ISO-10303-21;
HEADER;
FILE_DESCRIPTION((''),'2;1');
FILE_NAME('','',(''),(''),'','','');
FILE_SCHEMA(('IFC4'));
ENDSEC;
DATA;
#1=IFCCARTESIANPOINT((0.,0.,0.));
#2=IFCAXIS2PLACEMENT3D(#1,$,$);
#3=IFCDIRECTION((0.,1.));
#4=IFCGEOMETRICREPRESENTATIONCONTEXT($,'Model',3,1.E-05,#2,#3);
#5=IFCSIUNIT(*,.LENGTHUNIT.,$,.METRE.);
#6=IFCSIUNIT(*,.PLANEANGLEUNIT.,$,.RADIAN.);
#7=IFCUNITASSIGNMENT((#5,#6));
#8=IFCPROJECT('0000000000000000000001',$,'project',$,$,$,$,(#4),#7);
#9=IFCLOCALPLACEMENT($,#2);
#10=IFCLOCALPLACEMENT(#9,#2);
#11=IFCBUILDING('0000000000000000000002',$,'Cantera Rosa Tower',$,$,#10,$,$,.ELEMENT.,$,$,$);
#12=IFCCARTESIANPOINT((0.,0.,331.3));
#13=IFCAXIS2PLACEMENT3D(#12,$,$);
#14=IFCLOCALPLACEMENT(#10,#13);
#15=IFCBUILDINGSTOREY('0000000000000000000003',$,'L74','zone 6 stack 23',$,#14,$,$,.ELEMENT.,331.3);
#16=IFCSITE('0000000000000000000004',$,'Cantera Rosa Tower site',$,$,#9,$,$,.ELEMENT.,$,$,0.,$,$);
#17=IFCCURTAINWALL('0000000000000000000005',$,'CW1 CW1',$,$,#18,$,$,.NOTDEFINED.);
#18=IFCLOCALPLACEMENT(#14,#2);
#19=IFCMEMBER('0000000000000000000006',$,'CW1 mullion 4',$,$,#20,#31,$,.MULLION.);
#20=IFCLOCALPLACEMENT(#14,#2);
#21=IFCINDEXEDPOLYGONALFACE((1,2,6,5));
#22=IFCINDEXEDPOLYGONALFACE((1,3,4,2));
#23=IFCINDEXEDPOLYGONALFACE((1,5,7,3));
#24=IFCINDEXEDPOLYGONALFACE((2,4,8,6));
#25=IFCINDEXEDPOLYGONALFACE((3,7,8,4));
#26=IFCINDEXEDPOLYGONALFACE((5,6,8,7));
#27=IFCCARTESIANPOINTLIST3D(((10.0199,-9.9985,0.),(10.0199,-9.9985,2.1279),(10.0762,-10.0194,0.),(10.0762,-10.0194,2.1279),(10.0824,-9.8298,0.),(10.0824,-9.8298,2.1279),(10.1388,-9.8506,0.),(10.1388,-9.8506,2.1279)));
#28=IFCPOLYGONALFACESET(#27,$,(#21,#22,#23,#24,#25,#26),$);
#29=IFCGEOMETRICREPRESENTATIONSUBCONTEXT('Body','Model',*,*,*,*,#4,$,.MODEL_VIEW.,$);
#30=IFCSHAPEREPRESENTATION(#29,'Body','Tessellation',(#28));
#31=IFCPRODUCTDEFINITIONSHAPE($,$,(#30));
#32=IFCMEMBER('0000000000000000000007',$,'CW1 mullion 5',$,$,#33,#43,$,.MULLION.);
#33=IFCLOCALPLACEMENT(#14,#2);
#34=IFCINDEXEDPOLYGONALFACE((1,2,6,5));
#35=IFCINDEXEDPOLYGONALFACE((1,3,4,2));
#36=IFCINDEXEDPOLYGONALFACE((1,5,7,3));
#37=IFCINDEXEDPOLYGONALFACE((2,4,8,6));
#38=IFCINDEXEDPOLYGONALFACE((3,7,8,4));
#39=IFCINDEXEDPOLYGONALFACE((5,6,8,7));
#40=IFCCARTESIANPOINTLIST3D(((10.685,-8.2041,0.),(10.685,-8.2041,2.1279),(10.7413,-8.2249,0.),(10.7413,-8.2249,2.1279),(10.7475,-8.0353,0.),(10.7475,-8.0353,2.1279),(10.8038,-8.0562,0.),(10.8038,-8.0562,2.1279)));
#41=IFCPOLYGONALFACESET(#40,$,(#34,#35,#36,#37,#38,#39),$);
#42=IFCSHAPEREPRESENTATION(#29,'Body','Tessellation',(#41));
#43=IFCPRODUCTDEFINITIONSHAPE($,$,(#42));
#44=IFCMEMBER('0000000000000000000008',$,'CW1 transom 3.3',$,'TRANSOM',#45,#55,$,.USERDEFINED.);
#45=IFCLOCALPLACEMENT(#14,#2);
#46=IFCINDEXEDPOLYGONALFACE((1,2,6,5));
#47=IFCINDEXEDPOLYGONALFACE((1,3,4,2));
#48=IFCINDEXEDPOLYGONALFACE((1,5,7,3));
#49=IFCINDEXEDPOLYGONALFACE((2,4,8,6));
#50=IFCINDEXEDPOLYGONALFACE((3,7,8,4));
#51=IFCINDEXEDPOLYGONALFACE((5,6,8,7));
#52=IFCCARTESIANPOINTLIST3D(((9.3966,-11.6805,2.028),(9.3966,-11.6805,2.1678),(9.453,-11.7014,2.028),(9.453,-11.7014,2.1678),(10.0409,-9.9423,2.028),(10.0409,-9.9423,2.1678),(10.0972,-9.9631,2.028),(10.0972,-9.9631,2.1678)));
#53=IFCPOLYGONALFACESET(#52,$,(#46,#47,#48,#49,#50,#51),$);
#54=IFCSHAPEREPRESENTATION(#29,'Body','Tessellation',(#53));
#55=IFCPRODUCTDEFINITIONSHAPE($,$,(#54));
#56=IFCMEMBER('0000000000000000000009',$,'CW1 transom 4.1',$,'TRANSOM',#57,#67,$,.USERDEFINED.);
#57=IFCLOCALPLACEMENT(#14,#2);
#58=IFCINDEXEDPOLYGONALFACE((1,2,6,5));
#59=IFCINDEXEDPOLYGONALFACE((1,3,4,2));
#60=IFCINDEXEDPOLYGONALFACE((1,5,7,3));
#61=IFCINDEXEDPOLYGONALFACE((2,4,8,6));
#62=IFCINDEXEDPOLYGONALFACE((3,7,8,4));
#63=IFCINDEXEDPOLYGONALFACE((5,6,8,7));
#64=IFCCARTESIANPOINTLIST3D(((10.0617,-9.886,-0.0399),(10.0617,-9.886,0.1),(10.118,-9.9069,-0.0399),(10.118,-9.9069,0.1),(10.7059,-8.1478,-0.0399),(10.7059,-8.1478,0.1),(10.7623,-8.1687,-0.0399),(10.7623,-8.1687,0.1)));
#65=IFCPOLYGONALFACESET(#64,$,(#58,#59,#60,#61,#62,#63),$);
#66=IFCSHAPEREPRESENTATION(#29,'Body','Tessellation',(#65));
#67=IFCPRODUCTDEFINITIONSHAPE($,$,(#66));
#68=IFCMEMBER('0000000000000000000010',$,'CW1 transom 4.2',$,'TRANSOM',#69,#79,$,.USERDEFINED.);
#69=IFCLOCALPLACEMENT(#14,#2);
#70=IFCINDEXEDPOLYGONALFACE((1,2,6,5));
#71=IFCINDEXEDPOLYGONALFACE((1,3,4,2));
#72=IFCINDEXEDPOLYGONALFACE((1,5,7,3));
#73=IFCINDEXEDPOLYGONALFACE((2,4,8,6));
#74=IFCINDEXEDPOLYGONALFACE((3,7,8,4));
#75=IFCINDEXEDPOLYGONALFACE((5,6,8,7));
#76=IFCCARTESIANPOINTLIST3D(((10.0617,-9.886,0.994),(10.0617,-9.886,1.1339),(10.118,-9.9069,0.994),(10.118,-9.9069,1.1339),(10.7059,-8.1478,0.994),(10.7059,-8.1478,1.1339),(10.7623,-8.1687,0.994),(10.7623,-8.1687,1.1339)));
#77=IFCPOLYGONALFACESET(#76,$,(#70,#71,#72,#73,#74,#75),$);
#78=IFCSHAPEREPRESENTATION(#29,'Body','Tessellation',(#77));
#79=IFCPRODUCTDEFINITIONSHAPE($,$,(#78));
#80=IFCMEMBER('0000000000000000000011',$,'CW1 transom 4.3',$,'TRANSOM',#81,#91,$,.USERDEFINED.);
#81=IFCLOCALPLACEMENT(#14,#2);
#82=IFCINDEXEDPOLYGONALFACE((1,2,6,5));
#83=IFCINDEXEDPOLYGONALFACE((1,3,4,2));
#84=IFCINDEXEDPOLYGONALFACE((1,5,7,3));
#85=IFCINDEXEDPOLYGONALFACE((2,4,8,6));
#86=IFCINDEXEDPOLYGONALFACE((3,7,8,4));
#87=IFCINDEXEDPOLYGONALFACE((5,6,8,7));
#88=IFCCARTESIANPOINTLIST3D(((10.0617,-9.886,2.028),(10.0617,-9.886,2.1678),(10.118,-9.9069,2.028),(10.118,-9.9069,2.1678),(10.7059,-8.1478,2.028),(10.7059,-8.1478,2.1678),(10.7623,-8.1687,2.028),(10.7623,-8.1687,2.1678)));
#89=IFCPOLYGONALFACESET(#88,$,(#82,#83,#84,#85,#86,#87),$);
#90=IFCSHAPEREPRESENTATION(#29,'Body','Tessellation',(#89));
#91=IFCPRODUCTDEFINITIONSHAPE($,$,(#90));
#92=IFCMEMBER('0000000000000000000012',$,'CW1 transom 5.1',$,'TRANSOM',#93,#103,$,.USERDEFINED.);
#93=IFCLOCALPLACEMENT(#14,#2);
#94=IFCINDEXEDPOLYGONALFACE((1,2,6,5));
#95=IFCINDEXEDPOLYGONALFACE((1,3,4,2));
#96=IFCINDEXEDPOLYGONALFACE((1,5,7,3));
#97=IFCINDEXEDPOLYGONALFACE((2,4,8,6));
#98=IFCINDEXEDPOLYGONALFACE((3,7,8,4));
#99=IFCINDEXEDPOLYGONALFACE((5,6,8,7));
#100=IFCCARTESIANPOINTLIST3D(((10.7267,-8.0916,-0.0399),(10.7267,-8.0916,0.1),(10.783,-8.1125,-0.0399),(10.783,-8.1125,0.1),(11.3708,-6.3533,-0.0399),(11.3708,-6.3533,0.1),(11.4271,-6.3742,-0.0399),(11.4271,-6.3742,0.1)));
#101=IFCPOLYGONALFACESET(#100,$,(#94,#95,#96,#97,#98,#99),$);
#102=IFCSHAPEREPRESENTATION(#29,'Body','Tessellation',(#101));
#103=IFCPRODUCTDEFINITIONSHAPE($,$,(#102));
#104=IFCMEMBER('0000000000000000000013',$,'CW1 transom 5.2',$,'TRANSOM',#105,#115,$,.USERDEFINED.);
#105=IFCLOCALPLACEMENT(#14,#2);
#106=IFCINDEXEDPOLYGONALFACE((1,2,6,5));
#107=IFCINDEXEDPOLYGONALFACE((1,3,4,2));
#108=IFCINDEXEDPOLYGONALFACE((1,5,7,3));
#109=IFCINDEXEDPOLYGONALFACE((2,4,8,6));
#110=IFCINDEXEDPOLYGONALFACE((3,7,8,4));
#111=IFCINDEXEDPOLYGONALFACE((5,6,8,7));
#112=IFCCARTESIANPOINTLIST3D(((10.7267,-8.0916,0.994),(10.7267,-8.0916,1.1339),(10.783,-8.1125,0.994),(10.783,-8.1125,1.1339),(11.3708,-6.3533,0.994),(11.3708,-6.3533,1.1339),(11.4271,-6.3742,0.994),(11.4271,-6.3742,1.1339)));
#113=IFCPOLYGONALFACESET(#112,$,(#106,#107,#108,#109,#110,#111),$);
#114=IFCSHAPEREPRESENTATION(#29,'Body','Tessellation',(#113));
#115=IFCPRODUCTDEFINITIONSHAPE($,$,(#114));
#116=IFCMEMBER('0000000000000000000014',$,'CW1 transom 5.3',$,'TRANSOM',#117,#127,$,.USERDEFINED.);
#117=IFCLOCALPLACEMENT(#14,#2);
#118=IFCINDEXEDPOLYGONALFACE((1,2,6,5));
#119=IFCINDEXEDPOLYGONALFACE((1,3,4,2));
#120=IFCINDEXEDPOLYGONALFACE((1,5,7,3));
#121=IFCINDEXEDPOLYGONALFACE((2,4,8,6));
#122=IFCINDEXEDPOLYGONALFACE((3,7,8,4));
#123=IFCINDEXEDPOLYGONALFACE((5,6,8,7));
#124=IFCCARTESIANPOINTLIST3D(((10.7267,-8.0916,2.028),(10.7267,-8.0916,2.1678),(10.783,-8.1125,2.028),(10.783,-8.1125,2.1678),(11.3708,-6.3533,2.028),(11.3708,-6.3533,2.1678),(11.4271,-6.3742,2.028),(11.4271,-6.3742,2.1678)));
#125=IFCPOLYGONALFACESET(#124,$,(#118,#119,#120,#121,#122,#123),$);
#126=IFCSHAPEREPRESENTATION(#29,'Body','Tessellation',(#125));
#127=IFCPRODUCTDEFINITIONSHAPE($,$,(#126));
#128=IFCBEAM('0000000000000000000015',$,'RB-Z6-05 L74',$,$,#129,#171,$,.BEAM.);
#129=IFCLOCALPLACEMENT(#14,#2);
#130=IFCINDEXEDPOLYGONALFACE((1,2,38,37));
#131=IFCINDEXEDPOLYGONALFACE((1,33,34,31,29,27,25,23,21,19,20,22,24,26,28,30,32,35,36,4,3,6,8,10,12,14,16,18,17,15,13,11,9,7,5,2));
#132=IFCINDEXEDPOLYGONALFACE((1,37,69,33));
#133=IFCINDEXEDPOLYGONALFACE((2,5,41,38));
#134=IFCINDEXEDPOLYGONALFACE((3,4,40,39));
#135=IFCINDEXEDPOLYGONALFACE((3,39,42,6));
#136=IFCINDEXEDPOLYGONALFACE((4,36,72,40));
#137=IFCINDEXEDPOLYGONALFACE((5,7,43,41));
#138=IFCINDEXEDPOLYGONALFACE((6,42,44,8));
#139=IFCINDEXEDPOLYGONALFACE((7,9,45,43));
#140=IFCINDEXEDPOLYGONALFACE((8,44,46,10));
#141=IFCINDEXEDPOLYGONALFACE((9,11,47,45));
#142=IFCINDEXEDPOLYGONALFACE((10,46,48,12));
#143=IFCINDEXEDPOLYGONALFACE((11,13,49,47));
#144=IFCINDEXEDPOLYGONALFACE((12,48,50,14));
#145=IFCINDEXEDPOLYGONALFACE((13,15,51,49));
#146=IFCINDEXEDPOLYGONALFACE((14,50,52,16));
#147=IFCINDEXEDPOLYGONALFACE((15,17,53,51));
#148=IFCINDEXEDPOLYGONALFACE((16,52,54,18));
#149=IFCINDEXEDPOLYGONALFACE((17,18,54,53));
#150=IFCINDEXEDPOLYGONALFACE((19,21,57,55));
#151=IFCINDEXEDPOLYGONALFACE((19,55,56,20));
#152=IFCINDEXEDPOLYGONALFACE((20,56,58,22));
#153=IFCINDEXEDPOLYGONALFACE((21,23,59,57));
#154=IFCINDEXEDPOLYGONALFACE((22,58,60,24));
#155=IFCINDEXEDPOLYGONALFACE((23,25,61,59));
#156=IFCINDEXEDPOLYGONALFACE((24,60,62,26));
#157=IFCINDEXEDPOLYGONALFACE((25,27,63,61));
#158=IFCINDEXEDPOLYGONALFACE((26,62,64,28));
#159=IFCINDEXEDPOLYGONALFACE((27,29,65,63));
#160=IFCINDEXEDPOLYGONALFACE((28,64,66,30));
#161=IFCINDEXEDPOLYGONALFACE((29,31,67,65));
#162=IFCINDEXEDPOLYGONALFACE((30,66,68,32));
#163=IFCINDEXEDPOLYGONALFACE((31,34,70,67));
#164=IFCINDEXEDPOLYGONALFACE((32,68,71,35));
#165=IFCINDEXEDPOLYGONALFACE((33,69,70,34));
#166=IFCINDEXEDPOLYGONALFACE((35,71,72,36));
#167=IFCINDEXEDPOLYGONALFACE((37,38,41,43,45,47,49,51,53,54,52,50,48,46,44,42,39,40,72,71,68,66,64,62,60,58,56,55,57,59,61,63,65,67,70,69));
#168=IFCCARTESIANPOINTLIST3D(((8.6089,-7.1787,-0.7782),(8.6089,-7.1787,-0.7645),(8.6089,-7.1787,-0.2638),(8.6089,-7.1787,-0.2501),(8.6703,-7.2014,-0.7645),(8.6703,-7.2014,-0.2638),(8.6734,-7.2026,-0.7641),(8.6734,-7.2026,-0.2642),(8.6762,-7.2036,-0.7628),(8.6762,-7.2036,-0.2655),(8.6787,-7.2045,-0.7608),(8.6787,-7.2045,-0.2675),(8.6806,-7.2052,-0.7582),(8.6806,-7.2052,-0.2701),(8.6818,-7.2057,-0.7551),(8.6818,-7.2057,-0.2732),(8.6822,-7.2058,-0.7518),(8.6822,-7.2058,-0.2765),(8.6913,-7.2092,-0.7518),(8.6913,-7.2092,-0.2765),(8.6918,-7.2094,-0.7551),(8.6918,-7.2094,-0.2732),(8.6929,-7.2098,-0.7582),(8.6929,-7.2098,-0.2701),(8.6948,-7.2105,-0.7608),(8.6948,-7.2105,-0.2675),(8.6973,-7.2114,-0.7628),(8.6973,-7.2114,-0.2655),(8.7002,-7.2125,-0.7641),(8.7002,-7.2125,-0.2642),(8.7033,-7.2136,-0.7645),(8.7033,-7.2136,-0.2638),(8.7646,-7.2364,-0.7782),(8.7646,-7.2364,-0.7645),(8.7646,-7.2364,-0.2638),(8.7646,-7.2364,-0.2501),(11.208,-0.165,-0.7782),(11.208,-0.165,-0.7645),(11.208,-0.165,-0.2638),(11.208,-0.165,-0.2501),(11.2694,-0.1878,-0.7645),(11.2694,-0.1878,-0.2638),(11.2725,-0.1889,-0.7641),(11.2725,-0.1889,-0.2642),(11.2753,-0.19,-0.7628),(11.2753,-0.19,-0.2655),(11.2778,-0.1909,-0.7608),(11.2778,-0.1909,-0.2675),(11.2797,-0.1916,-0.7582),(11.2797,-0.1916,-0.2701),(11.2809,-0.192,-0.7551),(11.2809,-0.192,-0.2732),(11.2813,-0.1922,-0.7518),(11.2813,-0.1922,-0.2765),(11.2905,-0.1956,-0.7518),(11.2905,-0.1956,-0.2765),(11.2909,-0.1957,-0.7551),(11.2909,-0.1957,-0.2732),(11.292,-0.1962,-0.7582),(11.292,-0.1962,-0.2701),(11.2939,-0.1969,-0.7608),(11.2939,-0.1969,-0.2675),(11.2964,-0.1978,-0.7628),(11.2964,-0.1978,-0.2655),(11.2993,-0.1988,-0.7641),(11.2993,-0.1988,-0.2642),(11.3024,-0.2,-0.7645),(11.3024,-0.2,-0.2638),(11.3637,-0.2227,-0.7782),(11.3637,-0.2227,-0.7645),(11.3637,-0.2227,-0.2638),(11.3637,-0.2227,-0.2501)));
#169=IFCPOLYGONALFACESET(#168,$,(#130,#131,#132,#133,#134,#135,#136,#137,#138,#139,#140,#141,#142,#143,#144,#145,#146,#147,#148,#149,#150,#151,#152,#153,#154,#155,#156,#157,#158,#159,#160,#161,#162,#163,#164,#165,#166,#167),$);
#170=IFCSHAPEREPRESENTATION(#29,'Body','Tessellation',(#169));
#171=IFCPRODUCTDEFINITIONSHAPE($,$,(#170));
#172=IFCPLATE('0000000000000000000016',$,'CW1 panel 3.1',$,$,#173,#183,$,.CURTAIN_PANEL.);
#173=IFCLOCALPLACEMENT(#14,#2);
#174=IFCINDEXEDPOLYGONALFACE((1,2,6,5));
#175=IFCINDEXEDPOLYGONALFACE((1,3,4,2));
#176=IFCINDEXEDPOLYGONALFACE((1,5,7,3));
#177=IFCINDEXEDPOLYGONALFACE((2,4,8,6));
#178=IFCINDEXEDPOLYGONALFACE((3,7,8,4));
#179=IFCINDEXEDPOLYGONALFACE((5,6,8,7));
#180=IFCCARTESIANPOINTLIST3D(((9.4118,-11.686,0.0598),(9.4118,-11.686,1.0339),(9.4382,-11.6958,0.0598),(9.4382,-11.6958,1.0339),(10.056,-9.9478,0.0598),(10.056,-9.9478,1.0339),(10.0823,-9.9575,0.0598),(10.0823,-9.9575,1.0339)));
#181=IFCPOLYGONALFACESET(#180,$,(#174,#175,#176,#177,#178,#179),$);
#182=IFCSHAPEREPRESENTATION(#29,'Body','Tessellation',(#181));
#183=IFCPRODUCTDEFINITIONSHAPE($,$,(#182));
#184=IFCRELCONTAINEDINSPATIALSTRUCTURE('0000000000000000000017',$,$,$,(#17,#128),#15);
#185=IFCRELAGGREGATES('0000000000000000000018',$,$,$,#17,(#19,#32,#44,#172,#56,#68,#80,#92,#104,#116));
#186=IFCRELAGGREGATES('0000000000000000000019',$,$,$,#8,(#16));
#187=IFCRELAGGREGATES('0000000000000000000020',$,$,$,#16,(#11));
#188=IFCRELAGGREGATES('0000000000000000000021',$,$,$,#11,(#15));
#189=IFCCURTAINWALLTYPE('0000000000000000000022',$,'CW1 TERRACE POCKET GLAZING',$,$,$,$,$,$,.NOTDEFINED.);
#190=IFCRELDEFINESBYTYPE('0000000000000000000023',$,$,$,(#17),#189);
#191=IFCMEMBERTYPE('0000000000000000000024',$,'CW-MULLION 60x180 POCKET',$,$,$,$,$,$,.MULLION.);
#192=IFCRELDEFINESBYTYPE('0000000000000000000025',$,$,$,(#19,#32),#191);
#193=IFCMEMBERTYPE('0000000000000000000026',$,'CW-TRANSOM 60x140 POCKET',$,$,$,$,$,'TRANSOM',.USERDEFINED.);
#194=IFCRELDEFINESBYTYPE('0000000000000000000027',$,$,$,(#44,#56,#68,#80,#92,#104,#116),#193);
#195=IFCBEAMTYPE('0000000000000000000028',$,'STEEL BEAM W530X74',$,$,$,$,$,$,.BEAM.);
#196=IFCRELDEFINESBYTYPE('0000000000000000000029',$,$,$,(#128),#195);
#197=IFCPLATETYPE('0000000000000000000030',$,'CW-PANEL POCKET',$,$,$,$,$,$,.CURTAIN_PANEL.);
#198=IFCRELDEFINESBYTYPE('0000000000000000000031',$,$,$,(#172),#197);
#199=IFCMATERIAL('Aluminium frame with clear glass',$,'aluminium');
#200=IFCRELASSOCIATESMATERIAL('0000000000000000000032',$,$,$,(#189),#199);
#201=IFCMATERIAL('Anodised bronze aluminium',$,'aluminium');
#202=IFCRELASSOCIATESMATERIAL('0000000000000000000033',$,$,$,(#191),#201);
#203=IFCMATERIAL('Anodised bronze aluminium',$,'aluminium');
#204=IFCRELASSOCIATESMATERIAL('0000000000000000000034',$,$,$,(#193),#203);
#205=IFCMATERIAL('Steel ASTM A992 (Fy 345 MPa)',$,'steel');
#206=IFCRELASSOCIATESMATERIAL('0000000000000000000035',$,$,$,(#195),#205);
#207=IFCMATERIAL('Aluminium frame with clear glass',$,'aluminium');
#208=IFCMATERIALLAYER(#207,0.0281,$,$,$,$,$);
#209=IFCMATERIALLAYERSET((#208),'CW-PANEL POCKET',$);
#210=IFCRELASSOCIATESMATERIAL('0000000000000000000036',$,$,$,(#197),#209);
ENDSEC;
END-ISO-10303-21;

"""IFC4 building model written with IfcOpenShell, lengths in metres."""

from ifc_helpers import new_model, si_unit, direction, frame, origin, origin_2d, place, context, subcontext, project, spatial, rectangle, i_section, extrude, material, layer, layer_set, material_profile, profile_set, type_object, element, aggregate, save


model = new_model("IFC4")

# Units and contexts
model_context = context("Model", 3, precision=1e-05, world=origin(), true_north=direction((0.0, 1.0)))
body_context = subcontext(model_context, "Body", "Model", "MODEL_VIEW")
ifc_project = project(units=[si_unit("LENGTHUNIT", "METRE"), si_unit("PLANEANGLEUNIT", "RADIAN")], contexts=[model_context])

# Site, building, storey
site_placement = place(None, origin())
site = spatial("IfcSite", under=ifc_project, at=site_placement, Name="Cantera Rosa Tower site", CompositionType="ELEMENT", RefElevation=0.0)
building_placement = place(site_placement, origin())
building = spatial("IfcBuilding", under=site, at=building_placement, Name="Cantera Rosa Tower", CompositionType="ELEMENT")
storey_placement = place(building_placement, frame((0.0, 0.0, 331.3)))
storey = spatial("IfcBuildingStorey", under=building, at=storey_placement, Name="L74", Description="zone 6 stack 23", CompositionType="ELEMENT", Elevation=331.3)

# Curtain wall, members
ifc_material_1 = material(Name="Aluminium frame with clear glass", Category="aluminium")
curtain_wall_type = type_object("IfcCurtainWallType", Name="CW1 TERRACE POCKET GLAZING", PredefinedType="NOTDEFINED", material=ifc_material_1)
curtain_wall_placement = place(storey_placement, origin())
curtain_wall = element("IfcCurtainWall", 1, at=curtain_wall_placement, inside=storey, type_object=curtain_wall_type, Name="CW1 CW1", PredefinedType="NOTDEFINED")
ifc_material_2 = material(Name="Anodised bronze aluminium", Category="aluminium")
ifc_material_profile_1 = material_profile(ifc_material_2, rectangle(XDim=0.0601, YDim=0.1799, at=origin_2d()), Name="CW-MULLION 60x180 POCKET")
ifc_profile_set_1 = profile_set([ifc_material_profile_1], Name="Anodised bronze aluminium")
member_type_1 = type_object("IfcMemberType", Name="CW-MULLION 60x180 POCKET", PredefinedType="MULLION", material=ifc_profile_set_1)
member_1_placement = place(storey_placement, frame((10.0793, -9.9246, 0.0), z_axis=(0.0, 0.0, 1.0), x_axis=(-0.937687, 0.347481, 0.0)))
member_1 = element("IfcMember", 2, at=member_1_placement, type_object=member_type_1, Name="CW1 mullion 4", PredefinedType="MULLION", context=body_context, shape_type="SweptSolid", body=[
    extrude(rectangle(XDim=0.0601, YDim=0.1799, at=origin_2d()), origin(), (0.0, 0.0, 1.0), 2.1279),
])
member_2_placement = place(storey_placement, frame((10.7444, -8.1301, 0.0), z_axis=(0.0, 0.0, 1.0), x_axis=(-0.937687, 0.347481, 0.0)))
member_2 = element("IfcMember", 3, at=member_2_placement, type_object=member_type_1, Name="CW1 mullion 5", PredefinedType="MULLION", context=body_context, shape_type="SweptSolid", body=[
    extrude(rectangle(XDim=0.0601, YDim=0.1799, at=origin_2d()), origin(), (0.0, 0.0, 1.0), 2.1279),
])
ifc_material_3 = material(Name="Anodised bronze aluminium", Category="aluminium")
ifc_material_profile_2 = material_profile(ifc_material_3, rectangle(XDim=0.0601, YDim=0.1399, at=origin_2d()), Name="CW-TRANSOM 60x140 POCKET")
ifc_profile_set_2 = profile_set([ifc_material_profile_2], Name="Anodised bronze aluminium")
member_type_2 = type_object("IfcMemberType", Name="CW-TRANSOM 60x140 POCKET", ElementType="TRANSOM", PredefinedType="USERDEFINED", material=ifc_profile_set_2)
member_3_placement = place(storey_placement, frame((9.4248, -11.6909, 2.0979), z_axis=(0.347542, 0.937665, 0.0), x_axis=(-0.937665, 0.347542, 0.0)))
member_3 = element("IfcMember", 4, at=member_3_placement, type_object=member_type_2, Name="CW1 transom 3.3", ObjectType="TRANSOM", PredefinedType="USERDEFINED", context=body_context, shape_type="SweptSolid", body=[
    extrude(rectangle(XDim=0.0601, YDim=0.1399, at=origin_2d()), origin(), (0.0, 0.0, 1.0), 1.8538),
])
member_4_placement = place(storey_placement, frame((10.0898, -9.8965, 0.03), z_axis=(0.347542, 0.937665, 0.0), x_axis=(-0.937665, 0.347542, 0.0)))
member_4 = element("IfcMember", 5, at=member_4_placement, type_object=member_type_2, Name="CW1 transom 4.1", ObjectType="TRANSOM", PredefinedType="USERDEFINED", context=body_context, shape_type="SweptSolid", body=[
    extrude(rectangle(XDim=0.0601, YDim=0.1399, at=origin_2d()), origin(), (0.0, 0.0, 1.0), 1.8538),
])
member_5_placement = place(storey_placement, frame((10.0898, -9.8965, 1.064), z_axis=(0.347542, 0.937665, 0.0), x_axis=(-0.937665, 0.347542, 0.0)))
member_5 = element("IfcMember", 6, at=member_5_placement, type_object=member_type_2, Name="CW1 transom 4.2", ObjectType="TRANSOM", PredefinedType="USERDEFINED", context=body_context, shape_type="SweptSolid", body=[
    extrude(rectangle(XDim=0.0601, YDim=0.1399, at=origin_2d()), origin(), (0.0, 0.0, 1.0), 1.8538),
])
member_6_placement = place(storey_placement, frame((10.0898, -9.8965, 2.0979), z_axis=(0.347542, 0.937665, 0.0), x_axis=(-0.937665, 0.347542, 0.0)))
member_6 = element("IfcMember", 7, at=member_6_placement, type_object=member_type_2, Name="CW1 transom 4.3", ObjectType="TRANSOM", PredefinedType="USERDEFINED", context=body_context, shape_type="SweptSolid", body=[
    extrude(rectangle(XDim=0.0601, YDim=0.1399, at=origin_2d()), origin(), (0.0, 0.0, 1.0), 1.8538),
])
member_7_placement = place(storey_placement, frame((10.7549, -8.1021, 0.03), z_axis=(0.347426, 0.937707, 0.0), x_axis=(-0.937707, 0.347426, 0.0)))
member_7 = element("IfcMember", 8, at=member_7_placement, type_object=member_type_2, Name="CW1 transom 5.1", ObjectType="TRANSOM", PredefinedType="USERDEFINED", context=body_context, shape_type="SweptSolid", body=[
    extrude(rectangle(XDim=0.0601, YDim=0.1399, at=origin_2d()), origin(), (0.0, 0.0, 1.0), 1.8538),
])
member_8_placement = place(storey_placement, frame((10.7549, -8.1021, 1.064), z_axis=(0.347426, 0.937707, 0.0), x_axis=(-0.937707, 0.347426, 0.0)))
member_8 = element("IfcMember", 9, at=member_8_placement, type_object=member_type_2, Name="CW1 transom 5.2", ObjectType="TRANSOM", PredefinedType="USERDEFINED", context=body_context, shape_type="SweptSolid", body=[
    extrude(rectangle(XDim=0.0601, YDim=0.1399, at=origin_2d()), origin(), (0.0, 0.0, 1.0), 1.8538),
])
member_9_placement = place(storey_placement, frame((10.7549, -8.1021, 2.0979), z_axis=(0.347426, 0.937707, 0.0), x_axis=(-0.937707, 0.347426, 0.0)))
member_9 = element("IfcMember", 10, at=member_9_placement, type_object=member_type_2, Name="CW1 transom 5.3", ObjectType="TRANSOM", PredefinedType="USERDEFINED", context=body_context, shape_type="SweptSolid", body=[
    extrude(rectangle(XDim=0.0601, YDim=0.1399, at=origin_2d()), origin(), (0.0, 0.0, 1.0), 1.8538),
])

# Beam
ifc_material_4 = material(Name="Steel ASTM A992 (Fy 345 MPa)", Category="steel")
ifc_material_profile_3 = material_profile(ifc_material_4, i_section(OverallWidth=0.166, OverallDepth=0.5281, WebThickness=0.0098, FlangeThickness=0.0137, FilletRadius=0.0127, at=origin_2d()), Name="W530X74")
ifc_profile_set_3 = profile_set([ifc_material_profile_3], Name="Steel ASTM A992 (Fy 345 MPa)")
beam_type = type_object("IfcBeamType", Name="STEEL BEAM W530X74", PredefinedType="BEAM", material=ifc_profile_set_3)
beam_placement = place(storey_placement, frame((8.6868, -7.2075, -0.5142), z_axis=(0.347487, 0.937685, 0.0), x_axis=(-0.937685, 0.347487, 0.0)))
element("IfcBeam", 11, at=beam_placement, inside=storey, type_object=beam_type, Name="RB-Z6-05 L74", PredefinedType="BEAM", context=body_context, shape_type="SweptSolid", body=[
    extrude(i_section(OverallWidth=0.166, OverallDepth=0.5281, WebThickness=0.0098, FlangeThickness=0.0137, FilletRadius=0.0127, at=origin_2d()), origin(), (0.0, 0.0, 1.0), 7.4797),
])

# Plate
ifc_material_5 = material(Name="Aluminium frame with clear glass", Category="aluminium")
ifc_layer_1 = layer(ifc_material_5, 0.0281)
ifc_layer_set_1 = layer_set([ifc_layer_1], Name="CW-PANEL POCKET")
plate_type = type_object("IfcPlateType", Name="CW-PANEL POCKET", PredefinedType="CURTAIN_PANEL", material=ifc_layer_set_1)
plate_1_placement = place(storey_placement, frame((9.7471, -10.8218, 0.0598), z_axis=(0.0, 0.0, 1.0), x_axis=(0.347481, 0.937687, 0.0)))
plate_1 = element("IfcPlate", 12, at=plate_1_placement, type_object=plate_type, Name="CW1 panel 3.1", PredefinedType="CURTAIN_PANEL", context=body_context, shape_type="SweptSolid", body=[
    extrude(rectangle(XDim=1.8538, YDim=0.0281, at=origin_2d()), origin(), (0.0, 0.0, 1.0), 0.9741),
])
aggregate(curtain_wall, [member_1, member_2, member_3, plate_1, member_4, member_5, member_6, member_7, member_8, member_9])

save(model, "model.ifc")
